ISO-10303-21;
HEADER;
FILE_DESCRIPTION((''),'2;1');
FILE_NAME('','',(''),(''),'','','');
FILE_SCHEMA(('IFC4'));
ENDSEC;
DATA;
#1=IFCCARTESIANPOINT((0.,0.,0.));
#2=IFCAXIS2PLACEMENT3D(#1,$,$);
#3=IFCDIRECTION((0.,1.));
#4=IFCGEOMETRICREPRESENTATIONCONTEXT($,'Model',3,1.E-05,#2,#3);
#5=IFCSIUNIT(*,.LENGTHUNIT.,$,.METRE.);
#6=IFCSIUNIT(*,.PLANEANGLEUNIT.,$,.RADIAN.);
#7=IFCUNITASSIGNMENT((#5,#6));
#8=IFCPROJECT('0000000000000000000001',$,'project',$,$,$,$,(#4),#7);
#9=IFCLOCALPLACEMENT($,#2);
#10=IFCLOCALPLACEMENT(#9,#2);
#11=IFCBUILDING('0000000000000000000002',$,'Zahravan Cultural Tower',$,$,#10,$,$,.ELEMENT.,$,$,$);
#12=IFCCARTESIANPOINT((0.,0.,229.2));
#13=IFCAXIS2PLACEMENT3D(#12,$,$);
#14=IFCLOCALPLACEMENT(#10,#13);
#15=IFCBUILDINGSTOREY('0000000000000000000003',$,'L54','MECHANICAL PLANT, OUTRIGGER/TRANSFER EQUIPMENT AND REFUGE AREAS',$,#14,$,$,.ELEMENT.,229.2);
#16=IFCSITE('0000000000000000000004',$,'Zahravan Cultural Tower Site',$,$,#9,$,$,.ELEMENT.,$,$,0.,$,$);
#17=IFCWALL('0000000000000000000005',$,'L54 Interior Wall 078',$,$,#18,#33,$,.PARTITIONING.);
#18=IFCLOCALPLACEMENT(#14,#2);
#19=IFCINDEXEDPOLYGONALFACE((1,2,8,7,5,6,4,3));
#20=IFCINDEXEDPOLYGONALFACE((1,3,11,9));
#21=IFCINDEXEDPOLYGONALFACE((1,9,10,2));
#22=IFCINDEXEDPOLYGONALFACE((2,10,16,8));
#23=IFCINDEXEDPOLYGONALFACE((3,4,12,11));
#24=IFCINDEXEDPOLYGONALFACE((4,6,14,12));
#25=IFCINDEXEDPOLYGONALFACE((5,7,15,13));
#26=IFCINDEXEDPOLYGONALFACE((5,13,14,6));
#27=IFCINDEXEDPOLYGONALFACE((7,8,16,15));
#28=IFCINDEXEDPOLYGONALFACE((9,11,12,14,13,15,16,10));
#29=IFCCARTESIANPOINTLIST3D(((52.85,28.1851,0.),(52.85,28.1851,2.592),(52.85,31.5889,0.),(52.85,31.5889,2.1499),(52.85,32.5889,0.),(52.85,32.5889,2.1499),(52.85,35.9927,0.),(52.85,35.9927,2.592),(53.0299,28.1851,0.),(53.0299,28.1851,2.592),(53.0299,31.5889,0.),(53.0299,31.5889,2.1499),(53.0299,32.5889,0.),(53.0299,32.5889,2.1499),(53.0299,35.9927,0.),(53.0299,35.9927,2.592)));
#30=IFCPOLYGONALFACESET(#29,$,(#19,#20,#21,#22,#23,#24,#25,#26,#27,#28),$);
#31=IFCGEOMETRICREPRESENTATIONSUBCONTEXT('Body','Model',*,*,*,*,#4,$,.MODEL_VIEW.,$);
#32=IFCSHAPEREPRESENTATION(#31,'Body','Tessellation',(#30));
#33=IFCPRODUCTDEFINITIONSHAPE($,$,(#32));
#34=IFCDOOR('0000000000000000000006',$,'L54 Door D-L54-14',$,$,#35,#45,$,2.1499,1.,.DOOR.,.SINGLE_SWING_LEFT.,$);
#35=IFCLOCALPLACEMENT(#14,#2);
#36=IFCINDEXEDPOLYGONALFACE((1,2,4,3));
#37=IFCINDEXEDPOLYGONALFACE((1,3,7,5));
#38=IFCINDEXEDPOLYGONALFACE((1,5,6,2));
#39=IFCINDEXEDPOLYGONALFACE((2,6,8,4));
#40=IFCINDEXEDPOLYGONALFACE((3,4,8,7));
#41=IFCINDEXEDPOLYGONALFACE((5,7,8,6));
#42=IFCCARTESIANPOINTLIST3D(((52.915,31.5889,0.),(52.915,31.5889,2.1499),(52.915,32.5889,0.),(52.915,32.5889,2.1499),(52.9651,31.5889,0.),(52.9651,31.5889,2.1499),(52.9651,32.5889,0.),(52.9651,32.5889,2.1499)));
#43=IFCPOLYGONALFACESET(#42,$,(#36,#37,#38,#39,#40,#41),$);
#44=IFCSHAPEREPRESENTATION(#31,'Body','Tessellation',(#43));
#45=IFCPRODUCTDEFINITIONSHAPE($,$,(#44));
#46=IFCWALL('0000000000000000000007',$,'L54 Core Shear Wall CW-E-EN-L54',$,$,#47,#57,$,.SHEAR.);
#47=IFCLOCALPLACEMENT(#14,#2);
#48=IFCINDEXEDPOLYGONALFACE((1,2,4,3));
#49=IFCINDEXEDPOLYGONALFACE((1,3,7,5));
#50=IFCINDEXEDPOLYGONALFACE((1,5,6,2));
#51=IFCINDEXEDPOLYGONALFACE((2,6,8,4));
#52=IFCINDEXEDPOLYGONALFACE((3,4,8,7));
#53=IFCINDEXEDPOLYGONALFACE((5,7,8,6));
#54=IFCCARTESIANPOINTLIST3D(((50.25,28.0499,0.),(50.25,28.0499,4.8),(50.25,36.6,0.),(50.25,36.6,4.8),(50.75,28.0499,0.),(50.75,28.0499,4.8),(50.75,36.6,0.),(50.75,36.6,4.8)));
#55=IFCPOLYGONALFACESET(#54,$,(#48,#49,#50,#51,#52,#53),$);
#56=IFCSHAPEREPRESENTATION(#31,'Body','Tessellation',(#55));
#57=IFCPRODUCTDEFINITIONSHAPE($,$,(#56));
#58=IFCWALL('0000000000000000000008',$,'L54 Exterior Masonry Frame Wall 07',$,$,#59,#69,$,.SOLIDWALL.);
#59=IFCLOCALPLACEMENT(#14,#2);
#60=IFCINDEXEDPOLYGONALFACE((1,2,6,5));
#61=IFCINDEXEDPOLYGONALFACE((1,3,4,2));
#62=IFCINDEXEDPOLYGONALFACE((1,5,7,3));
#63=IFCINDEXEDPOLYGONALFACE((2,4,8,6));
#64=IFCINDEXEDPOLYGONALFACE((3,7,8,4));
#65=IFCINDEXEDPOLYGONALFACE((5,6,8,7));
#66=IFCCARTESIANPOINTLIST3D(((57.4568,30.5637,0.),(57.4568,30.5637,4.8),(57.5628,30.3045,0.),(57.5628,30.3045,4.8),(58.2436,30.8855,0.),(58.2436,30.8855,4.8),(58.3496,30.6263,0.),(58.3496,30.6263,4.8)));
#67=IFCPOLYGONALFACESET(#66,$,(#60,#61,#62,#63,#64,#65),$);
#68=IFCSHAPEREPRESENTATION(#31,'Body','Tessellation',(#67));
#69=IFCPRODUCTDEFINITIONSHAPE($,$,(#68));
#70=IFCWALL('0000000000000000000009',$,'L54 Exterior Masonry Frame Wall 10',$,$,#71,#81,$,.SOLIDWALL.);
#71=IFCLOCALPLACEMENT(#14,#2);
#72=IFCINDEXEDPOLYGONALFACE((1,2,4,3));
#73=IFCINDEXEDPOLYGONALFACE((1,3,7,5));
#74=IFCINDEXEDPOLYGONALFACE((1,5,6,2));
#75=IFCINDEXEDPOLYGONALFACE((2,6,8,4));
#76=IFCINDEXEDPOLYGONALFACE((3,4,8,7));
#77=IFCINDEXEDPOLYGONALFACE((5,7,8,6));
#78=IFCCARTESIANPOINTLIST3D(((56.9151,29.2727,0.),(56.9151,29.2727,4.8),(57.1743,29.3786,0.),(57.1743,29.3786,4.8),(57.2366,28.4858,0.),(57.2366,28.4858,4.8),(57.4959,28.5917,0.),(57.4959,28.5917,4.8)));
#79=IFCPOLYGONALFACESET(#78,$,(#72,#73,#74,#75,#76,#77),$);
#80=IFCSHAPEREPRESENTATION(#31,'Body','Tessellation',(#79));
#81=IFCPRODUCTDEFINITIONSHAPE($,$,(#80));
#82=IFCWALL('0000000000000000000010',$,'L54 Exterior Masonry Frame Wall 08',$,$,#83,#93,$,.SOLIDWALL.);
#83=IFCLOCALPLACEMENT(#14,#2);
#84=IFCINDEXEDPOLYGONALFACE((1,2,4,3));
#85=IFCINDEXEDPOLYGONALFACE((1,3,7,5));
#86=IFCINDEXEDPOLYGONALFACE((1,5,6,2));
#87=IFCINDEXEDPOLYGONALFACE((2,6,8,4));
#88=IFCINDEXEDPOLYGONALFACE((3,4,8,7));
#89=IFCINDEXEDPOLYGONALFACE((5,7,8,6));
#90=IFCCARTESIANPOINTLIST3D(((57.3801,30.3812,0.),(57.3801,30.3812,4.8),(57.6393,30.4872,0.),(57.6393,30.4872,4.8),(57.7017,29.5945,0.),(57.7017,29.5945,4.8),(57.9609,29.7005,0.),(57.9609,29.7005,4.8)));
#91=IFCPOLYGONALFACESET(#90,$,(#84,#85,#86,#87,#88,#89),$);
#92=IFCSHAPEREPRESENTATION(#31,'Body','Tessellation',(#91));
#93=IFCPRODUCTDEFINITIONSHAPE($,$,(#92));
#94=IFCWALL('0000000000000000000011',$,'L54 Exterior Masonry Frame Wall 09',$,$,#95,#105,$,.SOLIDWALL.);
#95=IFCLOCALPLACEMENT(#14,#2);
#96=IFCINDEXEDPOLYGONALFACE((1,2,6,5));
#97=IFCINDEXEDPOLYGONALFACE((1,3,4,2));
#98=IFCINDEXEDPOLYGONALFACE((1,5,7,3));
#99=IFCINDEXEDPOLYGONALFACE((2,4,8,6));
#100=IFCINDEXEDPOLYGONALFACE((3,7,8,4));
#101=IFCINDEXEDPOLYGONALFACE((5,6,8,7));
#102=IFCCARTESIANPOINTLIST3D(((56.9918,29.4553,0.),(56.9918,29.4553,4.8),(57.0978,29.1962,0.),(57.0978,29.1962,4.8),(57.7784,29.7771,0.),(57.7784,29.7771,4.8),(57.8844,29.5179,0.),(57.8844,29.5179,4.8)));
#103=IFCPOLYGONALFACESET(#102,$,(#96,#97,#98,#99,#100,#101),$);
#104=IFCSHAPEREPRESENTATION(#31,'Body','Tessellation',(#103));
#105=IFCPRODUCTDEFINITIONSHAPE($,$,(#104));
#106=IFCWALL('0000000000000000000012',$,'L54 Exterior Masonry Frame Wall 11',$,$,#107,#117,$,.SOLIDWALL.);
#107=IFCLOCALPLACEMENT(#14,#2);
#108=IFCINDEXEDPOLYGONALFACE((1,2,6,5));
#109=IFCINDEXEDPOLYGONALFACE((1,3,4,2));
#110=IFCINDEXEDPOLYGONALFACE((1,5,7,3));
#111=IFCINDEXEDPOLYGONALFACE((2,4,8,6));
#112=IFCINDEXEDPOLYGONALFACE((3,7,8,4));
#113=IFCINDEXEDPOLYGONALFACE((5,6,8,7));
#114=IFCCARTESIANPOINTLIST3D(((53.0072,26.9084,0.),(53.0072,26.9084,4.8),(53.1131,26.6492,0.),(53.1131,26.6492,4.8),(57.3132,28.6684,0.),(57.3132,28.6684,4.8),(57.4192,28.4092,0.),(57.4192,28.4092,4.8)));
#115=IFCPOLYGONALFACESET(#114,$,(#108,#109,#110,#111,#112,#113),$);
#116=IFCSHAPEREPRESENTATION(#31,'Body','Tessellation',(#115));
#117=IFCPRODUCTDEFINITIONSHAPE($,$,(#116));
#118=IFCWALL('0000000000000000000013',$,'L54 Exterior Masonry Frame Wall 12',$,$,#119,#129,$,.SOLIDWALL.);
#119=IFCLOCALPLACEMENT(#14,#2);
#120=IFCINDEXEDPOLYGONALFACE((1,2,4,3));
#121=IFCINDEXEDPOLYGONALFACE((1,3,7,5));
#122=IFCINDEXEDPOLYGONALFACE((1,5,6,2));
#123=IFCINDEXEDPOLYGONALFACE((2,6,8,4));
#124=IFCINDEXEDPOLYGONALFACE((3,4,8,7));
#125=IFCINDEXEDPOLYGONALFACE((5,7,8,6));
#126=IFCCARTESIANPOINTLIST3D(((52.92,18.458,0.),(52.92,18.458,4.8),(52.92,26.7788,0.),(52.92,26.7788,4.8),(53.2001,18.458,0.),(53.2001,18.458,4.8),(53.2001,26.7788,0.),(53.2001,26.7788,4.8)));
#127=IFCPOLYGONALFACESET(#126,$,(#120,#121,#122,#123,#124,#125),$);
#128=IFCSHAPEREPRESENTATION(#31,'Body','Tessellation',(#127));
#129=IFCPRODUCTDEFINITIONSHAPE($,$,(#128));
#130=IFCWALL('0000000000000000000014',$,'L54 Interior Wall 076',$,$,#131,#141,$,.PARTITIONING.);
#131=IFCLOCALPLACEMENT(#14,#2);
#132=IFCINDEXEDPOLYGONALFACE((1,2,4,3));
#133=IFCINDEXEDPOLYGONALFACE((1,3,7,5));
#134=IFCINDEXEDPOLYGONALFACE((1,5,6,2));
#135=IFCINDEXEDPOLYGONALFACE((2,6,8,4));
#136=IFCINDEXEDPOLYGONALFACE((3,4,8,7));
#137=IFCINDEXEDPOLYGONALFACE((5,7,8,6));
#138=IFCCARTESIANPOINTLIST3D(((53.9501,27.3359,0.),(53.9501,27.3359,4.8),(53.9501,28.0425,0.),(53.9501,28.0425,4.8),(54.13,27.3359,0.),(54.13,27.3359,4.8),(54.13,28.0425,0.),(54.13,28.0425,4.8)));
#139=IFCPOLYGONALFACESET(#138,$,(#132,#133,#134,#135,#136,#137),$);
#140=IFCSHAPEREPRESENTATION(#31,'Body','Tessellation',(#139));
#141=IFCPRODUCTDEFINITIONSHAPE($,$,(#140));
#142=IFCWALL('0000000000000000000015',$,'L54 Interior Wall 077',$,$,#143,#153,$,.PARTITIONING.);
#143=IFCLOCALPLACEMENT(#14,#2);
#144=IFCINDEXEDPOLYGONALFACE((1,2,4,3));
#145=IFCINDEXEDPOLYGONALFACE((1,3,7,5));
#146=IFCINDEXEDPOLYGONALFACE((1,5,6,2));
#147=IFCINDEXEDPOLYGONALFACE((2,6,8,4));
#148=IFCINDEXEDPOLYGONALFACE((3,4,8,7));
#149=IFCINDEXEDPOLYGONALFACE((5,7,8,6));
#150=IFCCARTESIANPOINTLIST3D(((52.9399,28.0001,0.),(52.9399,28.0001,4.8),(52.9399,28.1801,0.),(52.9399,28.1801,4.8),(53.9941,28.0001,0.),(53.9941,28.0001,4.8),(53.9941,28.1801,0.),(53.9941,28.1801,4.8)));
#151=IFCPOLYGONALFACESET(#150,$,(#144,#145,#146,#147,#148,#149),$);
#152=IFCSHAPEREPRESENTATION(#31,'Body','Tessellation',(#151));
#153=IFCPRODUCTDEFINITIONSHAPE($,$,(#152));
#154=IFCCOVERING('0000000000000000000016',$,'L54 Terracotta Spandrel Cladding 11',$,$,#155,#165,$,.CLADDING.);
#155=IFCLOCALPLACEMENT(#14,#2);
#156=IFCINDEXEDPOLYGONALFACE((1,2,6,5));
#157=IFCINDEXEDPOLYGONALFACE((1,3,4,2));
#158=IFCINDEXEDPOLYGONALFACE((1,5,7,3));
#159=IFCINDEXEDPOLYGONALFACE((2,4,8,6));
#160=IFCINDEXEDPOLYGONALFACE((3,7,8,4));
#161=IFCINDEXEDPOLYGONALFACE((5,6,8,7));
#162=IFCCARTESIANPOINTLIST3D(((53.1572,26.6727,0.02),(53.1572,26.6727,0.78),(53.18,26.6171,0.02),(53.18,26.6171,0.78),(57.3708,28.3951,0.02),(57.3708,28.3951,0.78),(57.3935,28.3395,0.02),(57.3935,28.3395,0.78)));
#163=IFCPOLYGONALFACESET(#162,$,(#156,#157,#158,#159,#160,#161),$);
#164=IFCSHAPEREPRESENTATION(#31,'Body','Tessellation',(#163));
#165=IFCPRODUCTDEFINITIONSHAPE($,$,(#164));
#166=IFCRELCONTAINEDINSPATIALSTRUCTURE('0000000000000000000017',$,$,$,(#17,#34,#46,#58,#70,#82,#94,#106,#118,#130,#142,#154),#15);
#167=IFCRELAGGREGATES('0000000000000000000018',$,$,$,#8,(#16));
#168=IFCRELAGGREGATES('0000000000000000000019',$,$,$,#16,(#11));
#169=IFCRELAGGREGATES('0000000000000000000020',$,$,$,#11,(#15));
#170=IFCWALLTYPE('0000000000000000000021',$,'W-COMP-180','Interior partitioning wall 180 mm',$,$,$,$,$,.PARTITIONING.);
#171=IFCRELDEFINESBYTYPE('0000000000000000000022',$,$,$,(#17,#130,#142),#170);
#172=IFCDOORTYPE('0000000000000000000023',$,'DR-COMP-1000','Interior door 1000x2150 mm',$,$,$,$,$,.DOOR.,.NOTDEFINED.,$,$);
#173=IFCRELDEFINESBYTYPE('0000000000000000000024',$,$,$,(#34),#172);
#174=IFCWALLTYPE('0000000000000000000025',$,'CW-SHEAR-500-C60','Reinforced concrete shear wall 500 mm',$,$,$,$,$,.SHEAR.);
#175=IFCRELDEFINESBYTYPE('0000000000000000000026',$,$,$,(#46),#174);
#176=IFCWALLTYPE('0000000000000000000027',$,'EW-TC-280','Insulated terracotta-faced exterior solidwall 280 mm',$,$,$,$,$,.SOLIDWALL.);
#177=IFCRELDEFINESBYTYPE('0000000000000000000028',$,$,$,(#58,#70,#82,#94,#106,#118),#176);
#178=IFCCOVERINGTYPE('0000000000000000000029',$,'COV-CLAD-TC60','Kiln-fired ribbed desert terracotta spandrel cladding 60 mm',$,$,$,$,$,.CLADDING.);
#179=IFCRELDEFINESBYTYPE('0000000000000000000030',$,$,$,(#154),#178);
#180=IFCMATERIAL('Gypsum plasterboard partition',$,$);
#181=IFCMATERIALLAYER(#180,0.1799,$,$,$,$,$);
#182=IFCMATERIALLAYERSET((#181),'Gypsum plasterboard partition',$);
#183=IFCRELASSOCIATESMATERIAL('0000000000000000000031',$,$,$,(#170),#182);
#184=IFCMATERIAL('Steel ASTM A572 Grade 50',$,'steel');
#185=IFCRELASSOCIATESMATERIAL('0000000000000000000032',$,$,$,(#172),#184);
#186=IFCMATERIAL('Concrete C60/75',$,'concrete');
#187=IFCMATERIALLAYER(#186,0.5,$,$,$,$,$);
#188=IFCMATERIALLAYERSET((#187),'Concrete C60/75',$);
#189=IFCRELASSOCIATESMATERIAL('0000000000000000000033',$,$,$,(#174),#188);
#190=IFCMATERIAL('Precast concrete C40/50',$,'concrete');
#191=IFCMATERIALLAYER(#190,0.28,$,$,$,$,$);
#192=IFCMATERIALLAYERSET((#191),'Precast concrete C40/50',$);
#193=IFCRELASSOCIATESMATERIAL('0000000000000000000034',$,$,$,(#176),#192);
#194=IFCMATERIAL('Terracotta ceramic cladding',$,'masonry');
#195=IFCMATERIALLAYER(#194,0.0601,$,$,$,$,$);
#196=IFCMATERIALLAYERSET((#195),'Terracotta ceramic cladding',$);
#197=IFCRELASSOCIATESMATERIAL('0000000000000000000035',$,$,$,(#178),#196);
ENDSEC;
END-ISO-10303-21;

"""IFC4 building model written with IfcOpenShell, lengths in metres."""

from ifc_helpers import new_model, si_unit, direction, frame, frame_2d, origin, origin_2d, place, context, subcontext, project, spatial, rectangle, extrude, source, transform, mapped, material, layer, layer_set, type_object, element, fill, save


model = new_model("IFC4")

# Units and contexts
model_context = context("Model", 3, precision=1e-05, world=origin(), true_north=direction((0.0, 1.0)))
body_context = subcontext(model_context, "Body", "Model", "MODEL_VIEW")
ifc_project = project(units=[si_unit("LENGTHUNIT", "METRE"), si_unit("PLANEANGLEUNIT", "RADIAN")], contexts=[model_context])

# Site, building, storey
site_placement = place(None, origin())
site = spatial("IfcSite", under=ifc_project, at=site_placement, Name="Zahravan Cultural Tower Site", CompositionType="ELEMENT", RefElevation=0.0)
building_placement = place(site_placement, origin())
building = spatial("IfcBuilding", under=site, at=building_placement, Name="Zahravan Cultural Tower", CompositionType="ELEMENT")
storey_placement = place(building_placement, frame((0.0, 0.0, 229.2)))
storey = spatial("IfcBuildingStorey", under=building, at=storey_placement, Name="L54", Description="MECHANICAL PLANT, OUTRIGGER/TRANSFER EQUIPMENT AND REFUGE AREAS", CompositionType="ELEMENT", Elevation=229.2)

# Shared definitions
ifc_material_1 = material(Name="Steel ASTM A572 Grade 50", Category="steel")

# Wall, opening, door
ifc_material_2 = material(Name="Gypsum plasterboard partition")
ifc_layer_1 = layer(ifc_material_2, 0.1799)
ifc_layer_set_1 = layer_set([ifc_layer_1], Name="Gypsum plasterboard partition")
wall_type_1 = type_object("IfcWallType", Name="W-COMP-180", Description="Interior partitioning wall 180 mm", PredefinedType="PARTITIONING", material=ifc_layer_set_1)
wall_1_placement = place(storey_placement, frame((52.9399, 28.1851, 0.0), z_axis=(0.0, 0.0, 1.0), x_axis=(0.0, 1.0, 0.0)))
wall_1 = element("IfcWall", 1, at=wall_1_placement, inside=storey, type_object=wall_type_1, Name="L54 Interior Wall 078", PredefinedType="PARTITIONING", context=body_context, shape_type="SweptSolid", body=[
    extrude(rectangle(XDim=7.8076, YDim=0.1799, at=frame_2d((3.9038, 0.0))), origin(), (0.0, 0.0, 1.0), 2.592),
])
opening_placement = place(wall_1_placement, frame((3.4038, 0.0, 0.0)))
opening = element("IfcOpeningElement", 2, at=opening_placement, cuts=wall_1, PredefinedType="OPENING", context=body_context, shape_type="SweptSolid", body=[
    extrude(rectangle(XDim=1.0, YDim=2.1499, at=frame_2d((0.5, 1.075))), frame((0.0, 0.0999, 0.0), z_axis=(0.0, -1.0, 0.0), x_axis=(1.0, 0.0, 0.0)), (0.0, 0.0, 1.0), 0.2),
])
door_type = type_object("IfcDoorType", Name="DR-COMP-1000", Description="Interior door 1000x2150 mm", OperationType="NOTDEFINED", PredefinedType="DOOR", material=ifc_material_1)
shared_shape_1 = source(origin(), body_context, "Body", "SweptSolid", [
    extrude(rectangle(XDim=1.0, YDim=2.1499, at=frame_2d((0.5, 1.075))), frame((0.0, 0.0249, 0.0), z_axis=(0.0, -1.0, 0.0), x_axis=(1.0, 0.0, 0.0)), (0.0, 0.0, 1.0), 0.05),
])
door_placement = place(opening_placement, origin())
door = element("IfcDoor", 3, at=door_placement, inside=storey, type_object=door_type, Name="L54 Door D-L54-14", OperationType="SINGLE_SWING_LEFT", OverallHeight=2.1499, OverallWidth=1.0, PredefinedType="DOOR", context=body_context, shape_type="MappedRepresentation", body=[
    mapped(shared_shape_1, transform((0.0, 0.0, 0.0), x_axis=(1.0, 0.0, 0.0), y_axis=(0.0, 1.0, 0.0), z_axis=(0.0, 0.0, 1.0), scale=1.0)),
])
fill(opening, door)

# Walls
ifc_material_3 = material(Name="Concrete C60/75", Category="concrete")
ifc_layer_2 = layer(ifc_material_3, 0.5)
ifc_layer_set_2 = layer_set([ifc_layer_2], Name="Concrete C60/75")
wall_type_2 = type_object("IfcWallType", Name="CW-SHEAR-500-C60", Description="Reinforced concrete shear wall 500 mm", PredefinedType="SHEAR", material=ifc_layer_set_2)
shared_shape_2 = source(origin(), body_context, "Body", "SweptSolid", [
    extrude(rectangle(XDim=8.55, YDim=0.5, at=frame_2d((4.2749, 0.0))), origin(), (0.0, 0.0, 1.0), 4.8),
])
wall_2_placement = place(storey_placement, frame((50.5, 28.05, 0.0), z_axis=(0.0, 0.0, 1.0), x_axis=(0.0, 1.0, 0.0)))
element("IfcWall", 4, at=wall_2_placement, inside=storey, type_object=wall_type_2, Name="L54 Core Shear Wall CW-E-EN-L54", PredefinedType="SHEAR", context=body_context, shape_type="MappedRepresentation", body=[
    mapped(shared_shape_2, transform((0.0, 0.0, 0.0), x_axis=(1.0, 0.0, 0.0), y_axis=(0.0, 1.0, 0.0), z_axis=(0.0, 0.0, 1.0), scale=1.0)),
])
ifc_material_4 = material(Name="Precast concrete C40/50", Category="concrete")
ifc_layer_3 = layer(ifc_material_4, 0.28)
ifc_layer_set_3 = layer_set([ifc_layer_3], Name="Precast concrete C40/50")
wall_type_3 = type_object("IfcWallType", Name="EW-TC-280", Description="Insulated terracotta-faced exterior solidwall 280 mm", PredefinedType="SOLIDWALL", material=ifc_layer_set_3)
shared_shape_3 = source(origin(), body_context, "Body", "SweptSolid", [
    extrude(rectangle(XDim=0.8501, YDim=0.28, at=frame_2d((0.425, 0.0))), origin(), (0.0, 0.0, 1.0), 4.8),
])
for number, where, z_axis, x_axis, name in (
    (5, (58.2966, 30.7559, 0.0), (0.0, 0.0, 1.0), (-0.925597, -0.37851, 0.0), "L54 Exterior Masonry Frame Wall 07"),
    (6, (57.0447, 29.3257, 0.0), (0.0, 0.0, 1.0), (0.378264, -0.925698, 0.0), "L54 Exterior Masonry Frame Wall 10"),
):
    element("IfcWall", number, at=place(storey_placement, frame(where, z_axis=z_axis, x_axis=x_axis)), inside=storey, type_object=wall_type_3, Name=name, PredefinedType="SOLIDWALL", context=body_context, shape_type="MappedRepresentation", body=[
        mapped(shared_shape_3, transform((0.0, 0.0, 0.0), x_axis=(1.0, 0.0, 0.0), y_axis=(0.0, 1.0, 0.0), z_axis=(0.0, 0.0, 1.0), scale=1.0)),
    ])
shared_shape_4 = source(origin(), body_context, "Body", "SweptSolid", [
    extrude(rectangle(XDim=0.8499, YDim=0.28, at=frame_2d((0.4248, 0.0))), origin(), (0.0, 0.0, 1.0), 4.8),
])
for number, where, z_axis, x_axis, name in (
    (7, (57.5098, 30.4341, 0.0), (0.0, 0.0, 1.0), (0.378364, -0.925657, 0.0), "L54 Exterior Masonry Frame Wall 08"),
    (8, (57.8313, 29.6475, 0.0), (0.0, 0.0, 1.0), (-0.925556, -0.37861, 0.0), "L54 Exterior Masonry Frame Wall 09"),
):
    element("IfcWall", number, at=place(storey_placement, frame(where, z_axis=z_axis, x_axis=x_axis)), inside=storey, type_object=wall_type_3, Name=name, PredefinedType="SOLIDWALL", context=body_context, shape_type="MappedRepresentation", body=[
        mapped(shared_shape_4, transform((0.0, 0.0, 0.0), x_axis=(1.0, 0.0, 0.0), y_axis=(0.0, 1.0, 0.0), z_axis=(0.0, 0.0, 1.0), scale=1.0)),
    ])
shared_shape_5 = source(origin(), body_context, "Body", "SweptSolid", [
    extrude(rectangle(XDim=4.6519, YDim=0.28, at=frame_2d((2.3259, 0.0))), origin(), (0.0, 0.0, 1.0), 4.8),
])
wall_3_placement = place(storey_placement, frame((57.3662, 28.5388, 0.0), z_axis=(0.0, 0.0, 1.0), x_axis=(-0.925667, -0.378339, 0.0)))
element("IfcWall", 9, at=wall_3_placement, inside=storey, type_object=wall_type_3, Name="L54 Exterior Masonry Frame Wall 11", PredefinedType="SOLIDWALL", context=body_context, shape_type="MappedRepresentation", body=[
    mapped(shared_shape_5, transform((0.0, 0.0, 0.0), x_axis=(1.0, 0.0, 0.0), y_axis=(0.0, 1.0, 0.0), z_axis=(0.0, 0.0, 1.0), scale=1.0)),
])
shared_shape_6 = source(origin(), body_context, "Body", "SweptSolid", [
    extrude(rectangle(XDim=8.3208, YDim=0.28, at=frame_2d((4.1604, 0.0))), origin(), (0.0, 0.0, 1.0), 4.8),
])
wall_4_placement = place(storey_placement, frame((53.0601, 26.7788, 0.0), z_axis=(0.0, 0.0, 1.0), x_axis=(0.0, -1.0, 0.0)))
element("IfcWall", 10, at=wall_4_placement, inside=storey, type_object=wall_type_3, Name="L54 Exterior Masonry Frame Wall 12", PredefinedType="SOLIDWALL", context=body_context, shape_type="MappedRepresentation", body=[
    mapped(shared_shape_6, transform((0.0, 0.0, 0.0), x_axis=(1.0, 0.0, 0.0), y_axis=(0.0, 1.0, 0.0), z_axis=(0.0, 0.0, 1.0), scale=1.0)),
])
shared_shape_7 = source(origin(), body_context, "Body", "SweptSolid", [
    extrude(rectangle(XDim=0.7065, YDim=0.1799, at=frame_2d((0.3533, 0.0))), origin(), (0.0, 0.0, 1.0), 4.8),
])
wall_5_placement = place(storey_placement, frame((54.04, 27.3359, 0.0), z_axis=(0.0, 0.0, 1.0), x_axis=(0.0, 1.0, 0.0)))
element("IfcWall", 11, at=wall_5_placement, inside=storey, type_object=wall_type_1, Name="L54 Interior Wall 076", PredefinedType="PARTITIONING", context=body_context, shape_type="MappedRepresentation", body=[
    mapped(shared_shape_7, transform((0.0, 0.0, 0.0), x_axis=(1.0, 0.0, 0.0), y_axis=(0.0, 1.0, 0.0), z_axis=(0.0, 0.0, 1.0), scale=1.0)),
])
shared_shape_8 = source(origin(), body_context, "Body", "SweptSolid", [
    extrude(rectangle(XDim=1.0542, YDim=0.1799, at=frame_2d((0.5271, 0.0))), origin(), (0.0, 0.0, 1.0), 4.8),
])
wall_6_placement = place(storey_placement, frame((53.9941, 28.0901, 0.0), z_axis=(0.0, 0.0, 1.0), x_axis=(-1.0, 0.0, 0.0)))
element("IfcWall", 12, at=wall_6_placement, inside=storey, type_object=wall_type_1, Name="L54 Interior Wall 077", PredefinedType="PARTITIONING", context=body_context, shape_type="MappedRepresentation", body=[
    mapped(shared_shape_8, transform((0.0, 0.0, 0.0), x_axis=(1.0, 0.0, 0.0), y_axis=(0.0, 1.0, 0.0), z_axis=(0.0, 0.0, 1.0), scale=1.0)),
])

# Covering
ifc_material_5 = material(Name="Terracotta ceramic cladding", Category="masonry")
ifc_layer_4 = layer(ifc_material_5, 0.0601)
ifc_layer_set_4 = layer_set([ifc_layer_4], Name="Terracotta ceramic cladding")
covering_type = type_object("IfcCoveringType", Name="COV-CLAD-TC60", Description="Kiln-fired ribbed desert terracotta spandrel cladding 60 mm", PredefinedType="CLADDING", material=ifc_layer_set_4)
shared_shape_9 = source(origin(), body_context, "Body", "SweptSolid", [
    extrude(rectangle(XDim=4.552, YDim=0.0601, at=origin_2d()), origin(), (0.0, 0.0, 1.0), 0.76),
])
covering_placement = place(storey_placement, frame((55.2754, 27.5061, 0.02), z_axis=(0.0, 0.0, 1.0), x_axis=(-0.925653, -0.378374, 0.0)))
element("IfcCovering", 13, at=covering_placement, inside=storey, type_object=covering_type, Name="L54 Terracotta Spandrel Cladding 11", PredefinedType="CLADDING", context=body_context, shape_type="MappedRepresentation", body=[
    mapped(shared_shape_9, transform((0.0, 0.0, 0.0), x_axis=(1.0, 0.0, 0.0), y_axis=(0.0, 1.0, 0.0), z_axis=(0.0, 0.0, 1.0), scale=1.0)),
])

save(model, "model.ifc")
